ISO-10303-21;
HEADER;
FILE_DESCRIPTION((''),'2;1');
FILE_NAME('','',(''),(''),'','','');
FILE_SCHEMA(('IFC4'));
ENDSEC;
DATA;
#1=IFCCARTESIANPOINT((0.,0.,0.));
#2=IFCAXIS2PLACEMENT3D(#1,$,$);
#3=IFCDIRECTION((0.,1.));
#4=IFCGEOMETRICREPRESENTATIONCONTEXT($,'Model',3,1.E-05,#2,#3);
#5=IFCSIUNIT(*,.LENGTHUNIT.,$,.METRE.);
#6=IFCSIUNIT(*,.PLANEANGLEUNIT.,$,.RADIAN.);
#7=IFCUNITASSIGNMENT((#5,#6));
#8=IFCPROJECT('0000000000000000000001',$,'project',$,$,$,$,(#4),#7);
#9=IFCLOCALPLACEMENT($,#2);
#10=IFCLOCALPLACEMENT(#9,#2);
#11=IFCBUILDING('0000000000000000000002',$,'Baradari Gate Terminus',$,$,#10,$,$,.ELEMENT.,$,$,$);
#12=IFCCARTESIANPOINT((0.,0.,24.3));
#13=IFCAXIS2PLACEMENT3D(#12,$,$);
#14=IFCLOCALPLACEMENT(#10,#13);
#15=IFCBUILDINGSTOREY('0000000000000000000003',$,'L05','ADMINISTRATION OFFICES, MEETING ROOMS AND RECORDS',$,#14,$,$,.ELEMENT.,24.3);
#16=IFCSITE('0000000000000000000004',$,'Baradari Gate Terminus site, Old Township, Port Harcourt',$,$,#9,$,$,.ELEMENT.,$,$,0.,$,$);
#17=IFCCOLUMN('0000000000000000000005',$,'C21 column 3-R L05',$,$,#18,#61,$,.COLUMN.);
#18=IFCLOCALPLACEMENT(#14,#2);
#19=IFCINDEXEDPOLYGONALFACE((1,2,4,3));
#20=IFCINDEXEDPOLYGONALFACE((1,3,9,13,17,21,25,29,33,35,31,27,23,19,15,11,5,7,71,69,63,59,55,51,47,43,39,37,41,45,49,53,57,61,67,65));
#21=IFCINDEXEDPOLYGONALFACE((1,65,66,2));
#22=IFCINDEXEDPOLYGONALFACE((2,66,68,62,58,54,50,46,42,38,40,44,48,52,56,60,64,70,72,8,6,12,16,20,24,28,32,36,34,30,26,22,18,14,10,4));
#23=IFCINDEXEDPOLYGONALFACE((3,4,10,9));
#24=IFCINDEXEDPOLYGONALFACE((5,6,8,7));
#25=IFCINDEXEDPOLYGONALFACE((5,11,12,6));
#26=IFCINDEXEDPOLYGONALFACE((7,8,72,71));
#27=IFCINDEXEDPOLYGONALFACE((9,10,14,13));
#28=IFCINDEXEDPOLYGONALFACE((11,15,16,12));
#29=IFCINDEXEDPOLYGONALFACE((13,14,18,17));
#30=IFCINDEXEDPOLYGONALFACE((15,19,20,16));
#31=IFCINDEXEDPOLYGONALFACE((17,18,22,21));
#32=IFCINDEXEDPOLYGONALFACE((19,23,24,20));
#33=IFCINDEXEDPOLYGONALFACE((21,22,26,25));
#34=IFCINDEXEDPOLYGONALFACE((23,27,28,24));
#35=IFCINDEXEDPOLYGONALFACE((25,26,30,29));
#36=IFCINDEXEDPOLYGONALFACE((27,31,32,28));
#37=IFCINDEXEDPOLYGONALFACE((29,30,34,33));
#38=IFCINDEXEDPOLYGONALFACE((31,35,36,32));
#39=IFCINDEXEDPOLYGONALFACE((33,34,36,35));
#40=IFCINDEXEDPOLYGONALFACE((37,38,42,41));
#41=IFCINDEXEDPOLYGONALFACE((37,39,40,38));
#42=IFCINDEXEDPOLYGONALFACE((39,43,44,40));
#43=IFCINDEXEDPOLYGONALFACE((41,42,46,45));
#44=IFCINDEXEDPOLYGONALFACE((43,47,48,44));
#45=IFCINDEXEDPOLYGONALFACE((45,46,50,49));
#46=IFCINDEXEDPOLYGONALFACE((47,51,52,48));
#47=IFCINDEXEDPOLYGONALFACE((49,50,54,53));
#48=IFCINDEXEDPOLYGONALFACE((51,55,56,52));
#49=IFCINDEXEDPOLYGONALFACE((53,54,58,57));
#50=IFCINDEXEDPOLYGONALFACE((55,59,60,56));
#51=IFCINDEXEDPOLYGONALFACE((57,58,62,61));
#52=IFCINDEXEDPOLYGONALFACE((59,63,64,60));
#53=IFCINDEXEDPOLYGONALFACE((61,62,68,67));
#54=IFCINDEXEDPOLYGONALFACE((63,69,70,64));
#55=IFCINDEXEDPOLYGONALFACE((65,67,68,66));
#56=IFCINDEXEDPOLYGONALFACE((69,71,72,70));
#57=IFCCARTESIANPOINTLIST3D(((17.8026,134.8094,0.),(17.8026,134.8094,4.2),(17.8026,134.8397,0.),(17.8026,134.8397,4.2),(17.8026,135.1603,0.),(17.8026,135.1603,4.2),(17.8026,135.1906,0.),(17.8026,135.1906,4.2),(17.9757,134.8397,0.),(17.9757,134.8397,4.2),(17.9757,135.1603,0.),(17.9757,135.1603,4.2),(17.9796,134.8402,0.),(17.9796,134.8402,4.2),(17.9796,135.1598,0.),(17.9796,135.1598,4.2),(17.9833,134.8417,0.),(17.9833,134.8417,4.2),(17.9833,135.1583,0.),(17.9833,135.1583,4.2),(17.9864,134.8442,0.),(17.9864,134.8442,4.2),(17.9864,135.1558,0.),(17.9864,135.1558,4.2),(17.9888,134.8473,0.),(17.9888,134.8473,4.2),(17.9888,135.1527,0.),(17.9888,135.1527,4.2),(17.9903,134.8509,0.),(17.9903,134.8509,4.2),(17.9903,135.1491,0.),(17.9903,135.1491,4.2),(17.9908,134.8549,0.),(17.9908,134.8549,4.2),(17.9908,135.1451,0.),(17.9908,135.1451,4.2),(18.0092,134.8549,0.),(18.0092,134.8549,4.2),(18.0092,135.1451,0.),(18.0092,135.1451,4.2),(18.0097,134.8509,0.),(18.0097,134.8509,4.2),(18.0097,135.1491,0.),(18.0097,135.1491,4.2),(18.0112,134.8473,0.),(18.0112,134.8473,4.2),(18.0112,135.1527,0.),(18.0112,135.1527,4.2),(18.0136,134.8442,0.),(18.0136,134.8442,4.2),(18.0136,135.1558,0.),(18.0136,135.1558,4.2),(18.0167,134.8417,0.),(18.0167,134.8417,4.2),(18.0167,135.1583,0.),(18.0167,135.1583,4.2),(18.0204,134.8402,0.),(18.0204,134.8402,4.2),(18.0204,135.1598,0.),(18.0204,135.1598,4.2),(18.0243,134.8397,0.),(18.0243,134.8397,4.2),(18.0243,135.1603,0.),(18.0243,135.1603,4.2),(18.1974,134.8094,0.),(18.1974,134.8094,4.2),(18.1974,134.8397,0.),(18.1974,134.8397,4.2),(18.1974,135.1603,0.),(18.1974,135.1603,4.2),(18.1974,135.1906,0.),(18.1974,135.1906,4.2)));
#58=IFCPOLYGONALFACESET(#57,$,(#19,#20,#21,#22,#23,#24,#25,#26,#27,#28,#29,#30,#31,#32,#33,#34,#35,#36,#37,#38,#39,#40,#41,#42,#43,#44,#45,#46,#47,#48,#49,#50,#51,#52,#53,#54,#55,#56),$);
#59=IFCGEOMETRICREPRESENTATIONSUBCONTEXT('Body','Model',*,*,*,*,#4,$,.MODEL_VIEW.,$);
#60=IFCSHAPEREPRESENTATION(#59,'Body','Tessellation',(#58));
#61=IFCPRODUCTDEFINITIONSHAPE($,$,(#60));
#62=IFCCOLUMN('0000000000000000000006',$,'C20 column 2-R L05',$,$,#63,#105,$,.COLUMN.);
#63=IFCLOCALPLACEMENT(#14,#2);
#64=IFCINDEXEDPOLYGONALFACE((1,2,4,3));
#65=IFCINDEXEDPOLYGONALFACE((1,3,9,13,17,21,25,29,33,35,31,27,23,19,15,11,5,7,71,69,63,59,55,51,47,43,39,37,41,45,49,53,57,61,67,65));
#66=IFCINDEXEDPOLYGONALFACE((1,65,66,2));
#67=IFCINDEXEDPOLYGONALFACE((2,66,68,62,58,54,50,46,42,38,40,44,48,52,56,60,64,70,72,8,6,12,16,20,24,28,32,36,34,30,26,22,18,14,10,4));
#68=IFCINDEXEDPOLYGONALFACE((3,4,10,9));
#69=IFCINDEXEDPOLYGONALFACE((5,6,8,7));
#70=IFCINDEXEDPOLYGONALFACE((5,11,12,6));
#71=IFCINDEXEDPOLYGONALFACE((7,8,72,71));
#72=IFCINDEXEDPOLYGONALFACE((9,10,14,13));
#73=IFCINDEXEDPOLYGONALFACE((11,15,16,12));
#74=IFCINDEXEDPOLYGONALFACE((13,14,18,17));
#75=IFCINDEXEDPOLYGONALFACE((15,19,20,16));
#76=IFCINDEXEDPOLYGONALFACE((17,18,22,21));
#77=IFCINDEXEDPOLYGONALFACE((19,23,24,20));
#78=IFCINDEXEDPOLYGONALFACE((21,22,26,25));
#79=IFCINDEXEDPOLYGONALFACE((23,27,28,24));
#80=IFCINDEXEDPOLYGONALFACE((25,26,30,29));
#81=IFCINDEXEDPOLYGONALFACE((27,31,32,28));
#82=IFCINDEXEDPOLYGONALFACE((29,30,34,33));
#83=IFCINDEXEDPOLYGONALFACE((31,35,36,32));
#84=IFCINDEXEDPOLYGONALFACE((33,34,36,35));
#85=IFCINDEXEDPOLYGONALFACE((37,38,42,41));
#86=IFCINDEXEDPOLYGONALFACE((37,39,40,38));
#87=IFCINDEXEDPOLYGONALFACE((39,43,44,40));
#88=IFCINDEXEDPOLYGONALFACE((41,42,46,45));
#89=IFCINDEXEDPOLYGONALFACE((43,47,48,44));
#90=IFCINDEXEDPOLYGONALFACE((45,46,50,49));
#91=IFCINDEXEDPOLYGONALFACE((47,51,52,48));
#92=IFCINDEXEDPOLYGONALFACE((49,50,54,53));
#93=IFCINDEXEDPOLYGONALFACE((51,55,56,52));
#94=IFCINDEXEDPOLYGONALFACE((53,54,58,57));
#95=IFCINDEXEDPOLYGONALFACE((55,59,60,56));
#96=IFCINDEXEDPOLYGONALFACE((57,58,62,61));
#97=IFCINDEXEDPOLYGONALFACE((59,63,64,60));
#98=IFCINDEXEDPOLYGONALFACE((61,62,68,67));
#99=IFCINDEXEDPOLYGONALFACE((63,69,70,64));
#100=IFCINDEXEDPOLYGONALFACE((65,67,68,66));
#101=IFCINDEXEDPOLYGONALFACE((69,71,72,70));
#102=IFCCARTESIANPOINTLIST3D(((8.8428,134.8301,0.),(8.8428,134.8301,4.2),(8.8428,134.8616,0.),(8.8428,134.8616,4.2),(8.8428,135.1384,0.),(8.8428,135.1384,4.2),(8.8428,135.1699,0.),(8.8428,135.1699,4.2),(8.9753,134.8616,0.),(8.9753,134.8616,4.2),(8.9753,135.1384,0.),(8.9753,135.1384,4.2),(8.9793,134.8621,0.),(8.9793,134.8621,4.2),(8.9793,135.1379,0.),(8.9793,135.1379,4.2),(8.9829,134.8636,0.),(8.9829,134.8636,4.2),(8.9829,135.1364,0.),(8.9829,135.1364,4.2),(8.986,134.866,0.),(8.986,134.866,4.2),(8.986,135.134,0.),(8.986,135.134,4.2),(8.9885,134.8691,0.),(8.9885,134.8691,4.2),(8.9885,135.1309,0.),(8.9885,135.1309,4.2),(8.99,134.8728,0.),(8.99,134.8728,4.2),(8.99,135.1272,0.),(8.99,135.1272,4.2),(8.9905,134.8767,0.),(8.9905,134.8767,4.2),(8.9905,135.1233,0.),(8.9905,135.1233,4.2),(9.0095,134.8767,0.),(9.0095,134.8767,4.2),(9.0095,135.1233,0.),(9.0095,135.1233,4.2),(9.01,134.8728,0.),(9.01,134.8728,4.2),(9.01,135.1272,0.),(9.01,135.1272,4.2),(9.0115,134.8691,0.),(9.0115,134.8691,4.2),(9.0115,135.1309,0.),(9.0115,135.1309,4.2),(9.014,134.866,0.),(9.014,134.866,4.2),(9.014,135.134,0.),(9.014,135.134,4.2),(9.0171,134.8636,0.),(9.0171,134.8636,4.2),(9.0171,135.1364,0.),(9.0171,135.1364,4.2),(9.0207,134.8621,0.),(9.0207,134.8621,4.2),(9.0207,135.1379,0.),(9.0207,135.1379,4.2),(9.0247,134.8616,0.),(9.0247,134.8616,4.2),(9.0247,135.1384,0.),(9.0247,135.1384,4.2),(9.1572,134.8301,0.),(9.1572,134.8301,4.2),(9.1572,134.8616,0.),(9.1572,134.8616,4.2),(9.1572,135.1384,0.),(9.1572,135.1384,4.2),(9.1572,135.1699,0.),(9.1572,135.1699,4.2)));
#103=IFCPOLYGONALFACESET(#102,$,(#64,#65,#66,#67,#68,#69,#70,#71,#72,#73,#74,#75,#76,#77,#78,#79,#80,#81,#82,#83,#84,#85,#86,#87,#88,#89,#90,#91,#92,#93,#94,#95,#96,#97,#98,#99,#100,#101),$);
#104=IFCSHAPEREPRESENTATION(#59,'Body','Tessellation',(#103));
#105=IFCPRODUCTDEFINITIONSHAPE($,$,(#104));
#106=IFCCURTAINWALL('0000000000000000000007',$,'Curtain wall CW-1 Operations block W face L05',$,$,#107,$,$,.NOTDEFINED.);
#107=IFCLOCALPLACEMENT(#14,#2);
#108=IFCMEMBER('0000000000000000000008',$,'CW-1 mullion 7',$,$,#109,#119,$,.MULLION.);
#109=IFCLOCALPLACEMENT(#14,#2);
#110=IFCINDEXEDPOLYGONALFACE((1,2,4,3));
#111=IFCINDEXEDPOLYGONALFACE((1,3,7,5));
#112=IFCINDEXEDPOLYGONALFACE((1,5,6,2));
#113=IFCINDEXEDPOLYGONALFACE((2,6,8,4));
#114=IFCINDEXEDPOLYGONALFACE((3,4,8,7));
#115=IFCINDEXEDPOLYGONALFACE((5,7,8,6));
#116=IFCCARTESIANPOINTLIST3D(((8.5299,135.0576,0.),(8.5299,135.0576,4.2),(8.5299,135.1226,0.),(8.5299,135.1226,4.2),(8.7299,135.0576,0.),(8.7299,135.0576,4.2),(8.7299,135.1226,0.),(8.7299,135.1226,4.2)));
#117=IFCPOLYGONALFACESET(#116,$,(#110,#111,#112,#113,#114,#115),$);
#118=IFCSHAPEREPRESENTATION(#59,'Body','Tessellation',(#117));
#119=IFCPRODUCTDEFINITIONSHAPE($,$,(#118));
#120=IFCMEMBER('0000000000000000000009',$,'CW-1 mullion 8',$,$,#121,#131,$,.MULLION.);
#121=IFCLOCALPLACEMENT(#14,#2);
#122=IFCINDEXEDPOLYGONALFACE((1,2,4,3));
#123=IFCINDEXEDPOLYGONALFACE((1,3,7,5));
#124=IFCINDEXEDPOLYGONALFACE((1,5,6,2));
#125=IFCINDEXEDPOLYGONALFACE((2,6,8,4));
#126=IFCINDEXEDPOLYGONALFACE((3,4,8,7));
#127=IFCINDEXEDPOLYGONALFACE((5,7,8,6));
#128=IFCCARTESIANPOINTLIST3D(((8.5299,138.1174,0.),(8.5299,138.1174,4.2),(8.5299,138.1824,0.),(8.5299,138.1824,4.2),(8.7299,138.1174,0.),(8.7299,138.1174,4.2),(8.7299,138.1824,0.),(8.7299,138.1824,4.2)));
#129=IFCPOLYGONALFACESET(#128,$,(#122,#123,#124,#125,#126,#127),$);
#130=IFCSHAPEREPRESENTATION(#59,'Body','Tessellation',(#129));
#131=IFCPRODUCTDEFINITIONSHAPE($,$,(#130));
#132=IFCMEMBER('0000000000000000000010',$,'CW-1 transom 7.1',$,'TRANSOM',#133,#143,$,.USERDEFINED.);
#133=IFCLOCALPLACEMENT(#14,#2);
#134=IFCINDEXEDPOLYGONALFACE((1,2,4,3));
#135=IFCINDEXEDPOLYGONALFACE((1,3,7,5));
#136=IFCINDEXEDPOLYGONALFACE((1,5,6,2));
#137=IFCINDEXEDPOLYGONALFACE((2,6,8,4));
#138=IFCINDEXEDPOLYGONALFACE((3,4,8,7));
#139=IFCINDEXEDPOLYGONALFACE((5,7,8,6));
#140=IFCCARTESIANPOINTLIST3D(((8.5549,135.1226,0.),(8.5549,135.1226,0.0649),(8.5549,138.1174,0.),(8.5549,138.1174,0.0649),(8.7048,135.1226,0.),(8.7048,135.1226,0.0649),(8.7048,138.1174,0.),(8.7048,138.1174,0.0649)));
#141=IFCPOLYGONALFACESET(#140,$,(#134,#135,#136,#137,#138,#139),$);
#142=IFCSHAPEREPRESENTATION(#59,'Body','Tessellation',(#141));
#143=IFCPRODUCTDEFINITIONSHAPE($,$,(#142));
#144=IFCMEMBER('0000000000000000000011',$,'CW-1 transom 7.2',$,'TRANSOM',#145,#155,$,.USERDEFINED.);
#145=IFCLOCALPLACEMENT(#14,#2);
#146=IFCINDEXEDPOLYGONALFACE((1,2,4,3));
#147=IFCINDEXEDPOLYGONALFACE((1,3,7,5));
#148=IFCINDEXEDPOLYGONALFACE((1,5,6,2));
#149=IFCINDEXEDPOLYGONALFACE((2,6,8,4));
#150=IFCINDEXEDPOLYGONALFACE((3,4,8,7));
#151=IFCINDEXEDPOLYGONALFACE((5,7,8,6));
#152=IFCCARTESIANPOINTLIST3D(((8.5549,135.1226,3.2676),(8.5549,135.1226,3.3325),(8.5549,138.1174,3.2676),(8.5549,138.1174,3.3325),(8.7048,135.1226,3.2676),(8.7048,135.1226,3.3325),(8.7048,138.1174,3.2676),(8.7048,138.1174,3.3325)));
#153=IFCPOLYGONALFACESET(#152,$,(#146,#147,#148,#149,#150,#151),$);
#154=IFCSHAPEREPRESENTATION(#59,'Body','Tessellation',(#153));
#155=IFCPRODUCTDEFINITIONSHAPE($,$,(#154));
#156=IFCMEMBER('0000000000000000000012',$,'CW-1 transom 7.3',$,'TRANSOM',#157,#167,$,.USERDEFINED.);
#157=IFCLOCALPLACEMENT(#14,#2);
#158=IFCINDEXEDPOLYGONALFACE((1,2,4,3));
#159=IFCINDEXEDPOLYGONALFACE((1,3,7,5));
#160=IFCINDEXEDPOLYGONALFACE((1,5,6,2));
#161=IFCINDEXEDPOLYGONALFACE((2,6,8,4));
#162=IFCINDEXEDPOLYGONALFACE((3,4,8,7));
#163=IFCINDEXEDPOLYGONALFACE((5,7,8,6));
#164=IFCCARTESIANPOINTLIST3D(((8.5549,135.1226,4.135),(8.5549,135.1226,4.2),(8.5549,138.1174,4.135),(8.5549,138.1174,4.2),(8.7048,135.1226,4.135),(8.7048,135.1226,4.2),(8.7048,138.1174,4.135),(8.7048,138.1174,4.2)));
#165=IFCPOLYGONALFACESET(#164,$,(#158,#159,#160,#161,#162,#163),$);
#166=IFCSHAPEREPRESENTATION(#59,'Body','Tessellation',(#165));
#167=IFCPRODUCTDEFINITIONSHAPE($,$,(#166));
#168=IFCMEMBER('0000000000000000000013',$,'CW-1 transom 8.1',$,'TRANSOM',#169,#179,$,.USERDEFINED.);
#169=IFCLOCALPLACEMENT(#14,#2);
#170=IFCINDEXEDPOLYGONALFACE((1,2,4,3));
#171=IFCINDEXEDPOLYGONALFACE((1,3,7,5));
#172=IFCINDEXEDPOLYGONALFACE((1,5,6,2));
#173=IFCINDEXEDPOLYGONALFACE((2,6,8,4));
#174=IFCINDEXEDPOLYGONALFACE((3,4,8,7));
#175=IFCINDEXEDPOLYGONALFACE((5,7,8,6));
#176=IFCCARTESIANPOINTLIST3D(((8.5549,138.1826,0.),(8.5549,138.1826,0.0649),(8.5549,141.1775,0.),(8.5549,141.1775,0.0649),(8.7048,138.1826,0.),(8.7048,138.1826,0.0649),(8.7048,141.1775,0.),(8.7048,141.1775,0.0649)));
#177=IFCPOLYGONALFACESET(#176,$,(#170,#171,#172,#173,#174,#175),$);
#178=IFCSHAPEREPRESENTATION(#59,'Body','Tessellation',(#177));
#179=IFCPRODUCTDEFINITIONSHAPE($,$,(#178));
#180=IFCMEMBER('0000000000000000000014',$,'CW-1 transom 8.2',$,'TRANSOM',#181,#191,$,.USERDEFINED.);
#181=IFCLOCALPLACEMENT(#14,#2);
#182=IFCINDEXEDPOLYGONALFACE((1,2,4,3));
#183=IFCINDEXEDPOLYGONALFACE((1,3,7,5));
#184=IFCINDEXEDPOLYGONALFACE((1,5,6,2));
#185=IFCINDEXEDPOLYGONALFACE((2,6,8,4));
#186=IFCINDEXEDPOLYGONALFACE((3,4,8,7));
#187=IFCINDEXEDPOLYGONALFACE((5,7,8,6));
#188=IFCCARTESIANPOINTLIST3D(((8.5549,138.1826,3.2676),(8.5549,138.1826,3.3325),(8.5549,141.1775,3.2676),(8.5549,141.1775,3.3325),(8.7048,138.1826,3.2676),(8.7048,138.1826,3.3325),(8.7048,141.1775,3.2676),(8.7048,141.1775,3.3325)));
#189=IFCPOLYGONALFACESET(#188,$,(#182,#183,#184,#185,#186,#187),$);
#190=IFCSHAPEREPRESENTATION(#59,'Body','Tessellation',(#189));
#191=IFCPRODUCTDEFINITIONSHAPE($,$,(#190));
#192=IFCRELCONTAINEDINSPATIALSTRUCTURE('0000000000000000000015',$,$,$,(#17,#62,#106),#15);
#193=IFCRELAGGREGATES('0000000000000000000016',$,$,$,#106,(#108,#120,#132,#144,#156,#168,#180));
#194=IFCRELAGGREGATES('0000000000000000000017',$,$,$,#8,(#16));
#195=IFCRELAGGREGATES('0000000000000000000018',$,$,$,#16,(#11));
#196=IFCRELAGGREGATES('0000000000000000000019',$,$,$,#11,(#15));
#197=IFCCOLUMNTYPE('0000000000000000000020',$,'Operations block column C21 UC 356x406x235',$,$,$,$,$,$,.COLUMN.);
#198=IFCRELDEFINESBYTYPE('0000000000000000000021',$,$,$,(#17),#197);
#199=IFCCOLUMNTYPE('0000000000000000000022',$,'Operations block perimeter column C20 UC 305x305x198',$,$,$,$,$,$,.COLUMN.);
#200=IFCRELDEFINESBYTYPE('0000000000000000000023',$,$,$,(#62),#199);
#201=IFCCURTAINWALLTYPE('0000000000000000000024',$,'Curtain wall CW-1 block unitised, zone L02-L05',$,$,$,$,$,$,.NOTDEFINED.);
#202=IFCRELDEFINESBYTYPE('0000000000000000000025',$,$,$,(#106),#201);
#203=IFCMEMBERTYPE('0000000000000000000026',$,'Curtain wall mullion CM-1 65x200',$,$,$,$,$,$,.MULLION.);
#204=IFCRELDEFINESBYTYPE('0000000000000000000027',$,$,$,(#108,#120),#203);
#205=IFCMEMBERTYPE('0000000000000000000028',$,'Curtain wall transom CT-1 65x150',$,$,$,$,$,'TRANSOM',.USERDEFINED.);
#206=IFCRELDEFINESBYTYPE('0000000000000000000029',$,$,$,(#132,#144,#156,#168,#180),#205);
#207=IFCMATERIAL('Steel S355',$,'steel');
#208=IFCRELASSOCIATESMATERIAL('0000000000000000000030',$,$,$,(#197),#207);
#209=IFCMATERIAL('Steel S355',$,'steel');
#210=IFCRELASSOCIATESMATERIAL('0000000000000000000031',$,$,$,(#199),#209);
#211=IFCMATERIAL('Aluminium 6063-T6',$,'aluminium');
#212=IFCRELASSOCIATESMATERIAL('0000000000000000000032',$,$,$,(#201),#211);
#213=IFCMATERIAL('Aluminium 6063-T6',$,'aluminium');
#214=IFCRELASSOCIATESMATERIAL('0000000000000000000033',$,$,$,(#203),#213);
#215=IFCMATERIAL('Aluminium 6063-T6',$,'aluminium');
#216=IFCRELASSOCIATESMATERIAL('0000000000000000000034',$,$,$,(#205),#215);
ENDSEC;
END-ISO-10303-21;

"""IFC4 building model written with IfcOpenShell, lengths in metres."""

from ifc_helpers import new_model, si_unit, direction, frame, origin, origin_2d, place, context, subcontext, project, spatial, rectangle, i_section, extrude, material, material_profile, profile_set, type_object, element, aggregate, save


model = new_model("IFC4")

# Units and contexts
model_context = context("Model", 3, precision=1e-05, world=origin(), true_north=direction((0.0, 1.0)))
body_context = subcontext(model_context, "Body", "Model", "MODEL_VIEW")
ifc_project = project(units=[si_unit("LENGTHUNIT", "METRE"), si_unit("PLANEANGLEUNIT", "RADIAN")], contexts=[model_context])

# Site, building, storey
site_placement = place(None, origin())
site = spatial("IfcSite", under=ifc_project, at=site_placement, Name="Baradari Gate Terminus site, Old Township, Port Harcourt", CompositionType="ELEMENT", RefElevation=0.0)
building_placement = place(site_placement, origin())
building = spatial("IfcBuilding", under=site, at=building_placement, Name="Baradari Gate Terminus", CompositionType="ELEMENT")
storey_placement = place(building_placement, frame((0.0, 0.0, 24.3)))
storey = spatial("IfcBuildingStorey", under=building, at=storey_placement, Name="L05", Description="ADMINISTRATION OFFICES, MEETING ROOMS AND RECORDS", CompositionType="ELEMENT", Elevation=24.3)

# Columns
ifc_material_1 = material(Name="Steel S355", Category="steel")
ifc_material_profile_1 = material_profile(ifc_material_1, i_section(OverallWidth=0.3948, OverallDepth=0.3811, WebThickness=0.0183, FlangeThickness=0.0303, FilletRadius=0.0151, at=origin_2d()), Name="UC 356x406x235")
ifc_profile_set_1 = profile_set([ifc_material_profile_1], Name="Steel S355")
column_type_1 = type_object("IfcColumnType", Name="Operations block column C21 UC 356x406x235", PredefinedType="COLUMN", material=ifc_profile_set_1)
column_1_placement = place(storey_placement, frame((18.0, 135.0, 0.0), z_axis=(0.0, 0.0, 1.0), x_axis=(1.0, 0.0, 0.0)))
element("IfcColumn", 1, at=column_1_placement, inside=storey, type_object=column_type_1, Name="C21 column 3-R L05", PredefinedType="COLUMN", context=body_context, shape_type="SweptSolid", body=[
    extrude(i_section(OverallWidth=0.3948, OverallDepth=0.3811, WebThickness=0.0183, FlangeThickness=0.0303, FilletRadius=0.0151, at=origin_2d()), origin(), (0.0, 0.0, 1.0), 4.2),
])
ifc_material_2 = material(Name="Steel S355", Category="steel")
ifc_material_profile_2 = material_profile(ifc_material_2, i_section(OverallWidth=0.3145, OverallDepth=0.3398, WebThickness=0.019, FlangeThickness=0.0315, FilletRadius=0.0151, at=origin_2d()), Name="UC 305x305x198")
ifc_profile_set_2 = profile_set([ifc_material_profile_2], Name="Steel S355")
column_type_2 = type_object("IfcColumnType", Name="Operations block perimeter column C20 UC 305x305x198", PredefinedType="COLUMN", material=ifc_profile_set_2)
column_2_placement = place(storey_placement, frame((9.0, 135.0, 0.0), z_axis=(0.0, 0.0, 1.0), x_axis=(1.0, 0.0, 0.0)))
element("IfcColumn", 2, at=column_2_placement, inside=storey, type_object=column_type_2, Name="C20 column 2-R L05", PredefinedType="COLUMN", context=body_context, shape_type="SweptSolid", body=[
    extrude(i_section(OverallWidth=0.3145, OverallDepth=0.3398, WebThickness=0.019, FlangeThickness=0.0315, FilletRadius=0.0151, at=origin_2d()), origin(), (0.0, 0.0, 1.0), 4.2),
])

# Curtain wall, members
ifc_material_3 = material(Name="Aluminium 6063-T6", Category="aluminium")
curtain_wall_type = type_object("IfcCurtainWallType", Name="Curtain wall CW-1 block unitised, zone L02-L05", PredefinedType="NOTDEFINED", material=ifc_material_3)
curtain_wall_placement = place(storey_placement, origin())
curtain_wall = element("IfcCurtainWall", 3, at=curtain_wall_placement, inside=storey, type_object=curtain_wall_type, Name="Curtain wall CW-1 Operations block W face L05", PredefinedType="NOTDEFINED")
ifc_material_4 = material(Name="Aluminium 6063-T6", Category="aluminium")
ifc_material_profile_3 = material_profile(ifc_material_4, rectangle(XDim=0.2, YDim=0.0649, at=origin_2d()), Name="CM-1 65X200")
ifc_profile_set_3 = profile_set([ifc_material_profile_3], Name="Aluminium 6063-T6")
member_type_1 = type_object("IfcMemberType", Name="Curtain wall mullion CM-1 65x200", PredefinedType="MULLION", material=ifc_profile_set_3)
member_1_placement = place(storey_placement, frame((8.6299, 135.0901, 0.0), z_axis=(0.0, 0.0, 1.0), x_axis=(-1.0, 0.0, 0.0)))
member_1 = element("IfcMember", 4, at=member_1_placement, type_object=member_type_1, Name="CW-1 mullion 7", PredefinedType="MULLION", context=body_context, shape_type="SweptSolid", body=[
    extrude(rectangle(XDim=0.2, YDim=0.0649, at=origin_2d()), origin(), (0.0, 0.0, 1.0), 4.2),
])
member_2_placement = place(storey_placement, frame((8.6299, 138.1499, 0.0), z_axis=(0.0, 0.0, 1.0), x_axis=(-1.0, 0.0, 0.0)))
member_2 = element("IfcMember", 5, at=member_2_placement, type_object=member_type_1, Name="CW-1 mullion 8", PredefinedType="MULLION", context=body_context, shape_type="SweptSolid", body=[
    extrude(rectangle(XDim=0.2, YDim=0.0649, at=origin_2d()), origin(), (0.0, 0.0, 1.0), 4.2),
])
ifc_material_5 = material(Name="Aluminium 6063-T6", Category="aluminium")
ifc_material_profile_4 = material_profile(ifc_material_5, rectangle(XDim=0.1499, YDim=0.0649, at=origin_2d()), Name="CT-1 65X150")
ifc_profile_set_4 = profile_set([ifc_material_profile_4], Name="Aluminium 6063-T6")
member_type_2 = type_object("IfcMemberType", Name="Curtain wall transom CT-1 65x150", ElementType="TRANSOM", PredefinedType="USERDEFINED", material=ifc_profile_set_4)
member_3_placement = place(storey_placement, frame((8.6299, 135.1226, 0.0325), z_axis=(0.0, 1.0, 0.0), x_axis=(-1.0, 0.0, 0.0)))
member_3 = element("IfcMember", 6, at=member_3_placement, type_object=member_type_2, Name="CW-1 transom 7.1", ObjectType="TRANSOM", PredefinedType="USERDEFINED", context=body_context, shape_type="SweptSolid", body=[
    extrude(rectangle(XDim=0.1499, YDim=0.0649, at=origin_2d()), origin(), (0.0, 0.0, 1.0), 2.9949),
])
member_4_placement = place(storey_placement, frame((8.6299, 135.1226, 3.3), z_axis=(0.0, 1.0, 0.0), x_axis=(-1.0, 0.0, 0.0)))
member_4 = element("IfcMember", 7, at=member_4_placement, type_object=member_type_2, Name="CW-1 transom 7.2", ObjectType="TRANSOM", PredefinedType="USERDEFINED", context=body_context, shape_type="SweptSolid", body=[
    extrude(rectangle(XDim=0.1499, YDim=0.0649, at=origin_2d()), origin(), (0.0, 0.0, 1.0), 2.9949),
])
member_5_placement = place(storey_placement, frame((8.6299, 135.1226, 4.1675), z_axis=(0.0, 1.0, 0.0), x_axis=(-1.0, 0.0, 0.0)))
member_5 = element("IfcMember", 8, at=member_5_placement, type_object=member_type_2, Name="CW-1 transom 7.3", ObjectType="TRANSOM", PredefinedType="USERDEFINED", context=body_context, shape_type="SweptSolid", body=[
    extrude(rectangle(XDim=0.1499, YDim=0.0649, at=origin_2d()), origin(), (0.0, 0.0, 1.0), 2.9949),
])
member_6_placement = place(storey_placement, frame((8.6299, 138.1826, 0.0325), z_axis=(0.0, 1.0, 0.0), x_axis=(-1.0, 0.0, 0.0)))
member_6 = element("IfcMember", 9, at=member_6_placement, type_object=member_type_2, Name="CW-1 transom 8.1", ObjectType="TRANSOM", PredefinedType="USERDEFINED", context=body_context, shape_type="SweptSolid", body=[
    extrude(rectangle(XDim=0.1499, YDim=0.0649, at=origin_2d()), origin(), (0.0, 0.0, 1.0), 2.9949),
])
member_7_placement = place(storey_placement, frame((8.6299, 138.1826, 3.3), z_axis=(0.0, 1.0, 0.0), x_axis=(-1.0, 0.0, 0.0)))
member_7 = element("IfcMember", 10, at=member_7_placement, type_object=member_type_2, Name="CW-1 transom 8.2", ObjectType="TRANSOM", PredefinedType="USERDEFINED", context=body_context, shape_type="SweptSolid", body=[
    extrude(rectangle(XDim=0.1499, YDim=0.0649, at=origin_2d()), origin(), (0.0, 0.0, 1.0), 2.9949),
])

aggregate(curtain_wall, [member_1, member_2, member_3, member_4, member_5, member_6, member_7])

save(model, "model.ifc")
